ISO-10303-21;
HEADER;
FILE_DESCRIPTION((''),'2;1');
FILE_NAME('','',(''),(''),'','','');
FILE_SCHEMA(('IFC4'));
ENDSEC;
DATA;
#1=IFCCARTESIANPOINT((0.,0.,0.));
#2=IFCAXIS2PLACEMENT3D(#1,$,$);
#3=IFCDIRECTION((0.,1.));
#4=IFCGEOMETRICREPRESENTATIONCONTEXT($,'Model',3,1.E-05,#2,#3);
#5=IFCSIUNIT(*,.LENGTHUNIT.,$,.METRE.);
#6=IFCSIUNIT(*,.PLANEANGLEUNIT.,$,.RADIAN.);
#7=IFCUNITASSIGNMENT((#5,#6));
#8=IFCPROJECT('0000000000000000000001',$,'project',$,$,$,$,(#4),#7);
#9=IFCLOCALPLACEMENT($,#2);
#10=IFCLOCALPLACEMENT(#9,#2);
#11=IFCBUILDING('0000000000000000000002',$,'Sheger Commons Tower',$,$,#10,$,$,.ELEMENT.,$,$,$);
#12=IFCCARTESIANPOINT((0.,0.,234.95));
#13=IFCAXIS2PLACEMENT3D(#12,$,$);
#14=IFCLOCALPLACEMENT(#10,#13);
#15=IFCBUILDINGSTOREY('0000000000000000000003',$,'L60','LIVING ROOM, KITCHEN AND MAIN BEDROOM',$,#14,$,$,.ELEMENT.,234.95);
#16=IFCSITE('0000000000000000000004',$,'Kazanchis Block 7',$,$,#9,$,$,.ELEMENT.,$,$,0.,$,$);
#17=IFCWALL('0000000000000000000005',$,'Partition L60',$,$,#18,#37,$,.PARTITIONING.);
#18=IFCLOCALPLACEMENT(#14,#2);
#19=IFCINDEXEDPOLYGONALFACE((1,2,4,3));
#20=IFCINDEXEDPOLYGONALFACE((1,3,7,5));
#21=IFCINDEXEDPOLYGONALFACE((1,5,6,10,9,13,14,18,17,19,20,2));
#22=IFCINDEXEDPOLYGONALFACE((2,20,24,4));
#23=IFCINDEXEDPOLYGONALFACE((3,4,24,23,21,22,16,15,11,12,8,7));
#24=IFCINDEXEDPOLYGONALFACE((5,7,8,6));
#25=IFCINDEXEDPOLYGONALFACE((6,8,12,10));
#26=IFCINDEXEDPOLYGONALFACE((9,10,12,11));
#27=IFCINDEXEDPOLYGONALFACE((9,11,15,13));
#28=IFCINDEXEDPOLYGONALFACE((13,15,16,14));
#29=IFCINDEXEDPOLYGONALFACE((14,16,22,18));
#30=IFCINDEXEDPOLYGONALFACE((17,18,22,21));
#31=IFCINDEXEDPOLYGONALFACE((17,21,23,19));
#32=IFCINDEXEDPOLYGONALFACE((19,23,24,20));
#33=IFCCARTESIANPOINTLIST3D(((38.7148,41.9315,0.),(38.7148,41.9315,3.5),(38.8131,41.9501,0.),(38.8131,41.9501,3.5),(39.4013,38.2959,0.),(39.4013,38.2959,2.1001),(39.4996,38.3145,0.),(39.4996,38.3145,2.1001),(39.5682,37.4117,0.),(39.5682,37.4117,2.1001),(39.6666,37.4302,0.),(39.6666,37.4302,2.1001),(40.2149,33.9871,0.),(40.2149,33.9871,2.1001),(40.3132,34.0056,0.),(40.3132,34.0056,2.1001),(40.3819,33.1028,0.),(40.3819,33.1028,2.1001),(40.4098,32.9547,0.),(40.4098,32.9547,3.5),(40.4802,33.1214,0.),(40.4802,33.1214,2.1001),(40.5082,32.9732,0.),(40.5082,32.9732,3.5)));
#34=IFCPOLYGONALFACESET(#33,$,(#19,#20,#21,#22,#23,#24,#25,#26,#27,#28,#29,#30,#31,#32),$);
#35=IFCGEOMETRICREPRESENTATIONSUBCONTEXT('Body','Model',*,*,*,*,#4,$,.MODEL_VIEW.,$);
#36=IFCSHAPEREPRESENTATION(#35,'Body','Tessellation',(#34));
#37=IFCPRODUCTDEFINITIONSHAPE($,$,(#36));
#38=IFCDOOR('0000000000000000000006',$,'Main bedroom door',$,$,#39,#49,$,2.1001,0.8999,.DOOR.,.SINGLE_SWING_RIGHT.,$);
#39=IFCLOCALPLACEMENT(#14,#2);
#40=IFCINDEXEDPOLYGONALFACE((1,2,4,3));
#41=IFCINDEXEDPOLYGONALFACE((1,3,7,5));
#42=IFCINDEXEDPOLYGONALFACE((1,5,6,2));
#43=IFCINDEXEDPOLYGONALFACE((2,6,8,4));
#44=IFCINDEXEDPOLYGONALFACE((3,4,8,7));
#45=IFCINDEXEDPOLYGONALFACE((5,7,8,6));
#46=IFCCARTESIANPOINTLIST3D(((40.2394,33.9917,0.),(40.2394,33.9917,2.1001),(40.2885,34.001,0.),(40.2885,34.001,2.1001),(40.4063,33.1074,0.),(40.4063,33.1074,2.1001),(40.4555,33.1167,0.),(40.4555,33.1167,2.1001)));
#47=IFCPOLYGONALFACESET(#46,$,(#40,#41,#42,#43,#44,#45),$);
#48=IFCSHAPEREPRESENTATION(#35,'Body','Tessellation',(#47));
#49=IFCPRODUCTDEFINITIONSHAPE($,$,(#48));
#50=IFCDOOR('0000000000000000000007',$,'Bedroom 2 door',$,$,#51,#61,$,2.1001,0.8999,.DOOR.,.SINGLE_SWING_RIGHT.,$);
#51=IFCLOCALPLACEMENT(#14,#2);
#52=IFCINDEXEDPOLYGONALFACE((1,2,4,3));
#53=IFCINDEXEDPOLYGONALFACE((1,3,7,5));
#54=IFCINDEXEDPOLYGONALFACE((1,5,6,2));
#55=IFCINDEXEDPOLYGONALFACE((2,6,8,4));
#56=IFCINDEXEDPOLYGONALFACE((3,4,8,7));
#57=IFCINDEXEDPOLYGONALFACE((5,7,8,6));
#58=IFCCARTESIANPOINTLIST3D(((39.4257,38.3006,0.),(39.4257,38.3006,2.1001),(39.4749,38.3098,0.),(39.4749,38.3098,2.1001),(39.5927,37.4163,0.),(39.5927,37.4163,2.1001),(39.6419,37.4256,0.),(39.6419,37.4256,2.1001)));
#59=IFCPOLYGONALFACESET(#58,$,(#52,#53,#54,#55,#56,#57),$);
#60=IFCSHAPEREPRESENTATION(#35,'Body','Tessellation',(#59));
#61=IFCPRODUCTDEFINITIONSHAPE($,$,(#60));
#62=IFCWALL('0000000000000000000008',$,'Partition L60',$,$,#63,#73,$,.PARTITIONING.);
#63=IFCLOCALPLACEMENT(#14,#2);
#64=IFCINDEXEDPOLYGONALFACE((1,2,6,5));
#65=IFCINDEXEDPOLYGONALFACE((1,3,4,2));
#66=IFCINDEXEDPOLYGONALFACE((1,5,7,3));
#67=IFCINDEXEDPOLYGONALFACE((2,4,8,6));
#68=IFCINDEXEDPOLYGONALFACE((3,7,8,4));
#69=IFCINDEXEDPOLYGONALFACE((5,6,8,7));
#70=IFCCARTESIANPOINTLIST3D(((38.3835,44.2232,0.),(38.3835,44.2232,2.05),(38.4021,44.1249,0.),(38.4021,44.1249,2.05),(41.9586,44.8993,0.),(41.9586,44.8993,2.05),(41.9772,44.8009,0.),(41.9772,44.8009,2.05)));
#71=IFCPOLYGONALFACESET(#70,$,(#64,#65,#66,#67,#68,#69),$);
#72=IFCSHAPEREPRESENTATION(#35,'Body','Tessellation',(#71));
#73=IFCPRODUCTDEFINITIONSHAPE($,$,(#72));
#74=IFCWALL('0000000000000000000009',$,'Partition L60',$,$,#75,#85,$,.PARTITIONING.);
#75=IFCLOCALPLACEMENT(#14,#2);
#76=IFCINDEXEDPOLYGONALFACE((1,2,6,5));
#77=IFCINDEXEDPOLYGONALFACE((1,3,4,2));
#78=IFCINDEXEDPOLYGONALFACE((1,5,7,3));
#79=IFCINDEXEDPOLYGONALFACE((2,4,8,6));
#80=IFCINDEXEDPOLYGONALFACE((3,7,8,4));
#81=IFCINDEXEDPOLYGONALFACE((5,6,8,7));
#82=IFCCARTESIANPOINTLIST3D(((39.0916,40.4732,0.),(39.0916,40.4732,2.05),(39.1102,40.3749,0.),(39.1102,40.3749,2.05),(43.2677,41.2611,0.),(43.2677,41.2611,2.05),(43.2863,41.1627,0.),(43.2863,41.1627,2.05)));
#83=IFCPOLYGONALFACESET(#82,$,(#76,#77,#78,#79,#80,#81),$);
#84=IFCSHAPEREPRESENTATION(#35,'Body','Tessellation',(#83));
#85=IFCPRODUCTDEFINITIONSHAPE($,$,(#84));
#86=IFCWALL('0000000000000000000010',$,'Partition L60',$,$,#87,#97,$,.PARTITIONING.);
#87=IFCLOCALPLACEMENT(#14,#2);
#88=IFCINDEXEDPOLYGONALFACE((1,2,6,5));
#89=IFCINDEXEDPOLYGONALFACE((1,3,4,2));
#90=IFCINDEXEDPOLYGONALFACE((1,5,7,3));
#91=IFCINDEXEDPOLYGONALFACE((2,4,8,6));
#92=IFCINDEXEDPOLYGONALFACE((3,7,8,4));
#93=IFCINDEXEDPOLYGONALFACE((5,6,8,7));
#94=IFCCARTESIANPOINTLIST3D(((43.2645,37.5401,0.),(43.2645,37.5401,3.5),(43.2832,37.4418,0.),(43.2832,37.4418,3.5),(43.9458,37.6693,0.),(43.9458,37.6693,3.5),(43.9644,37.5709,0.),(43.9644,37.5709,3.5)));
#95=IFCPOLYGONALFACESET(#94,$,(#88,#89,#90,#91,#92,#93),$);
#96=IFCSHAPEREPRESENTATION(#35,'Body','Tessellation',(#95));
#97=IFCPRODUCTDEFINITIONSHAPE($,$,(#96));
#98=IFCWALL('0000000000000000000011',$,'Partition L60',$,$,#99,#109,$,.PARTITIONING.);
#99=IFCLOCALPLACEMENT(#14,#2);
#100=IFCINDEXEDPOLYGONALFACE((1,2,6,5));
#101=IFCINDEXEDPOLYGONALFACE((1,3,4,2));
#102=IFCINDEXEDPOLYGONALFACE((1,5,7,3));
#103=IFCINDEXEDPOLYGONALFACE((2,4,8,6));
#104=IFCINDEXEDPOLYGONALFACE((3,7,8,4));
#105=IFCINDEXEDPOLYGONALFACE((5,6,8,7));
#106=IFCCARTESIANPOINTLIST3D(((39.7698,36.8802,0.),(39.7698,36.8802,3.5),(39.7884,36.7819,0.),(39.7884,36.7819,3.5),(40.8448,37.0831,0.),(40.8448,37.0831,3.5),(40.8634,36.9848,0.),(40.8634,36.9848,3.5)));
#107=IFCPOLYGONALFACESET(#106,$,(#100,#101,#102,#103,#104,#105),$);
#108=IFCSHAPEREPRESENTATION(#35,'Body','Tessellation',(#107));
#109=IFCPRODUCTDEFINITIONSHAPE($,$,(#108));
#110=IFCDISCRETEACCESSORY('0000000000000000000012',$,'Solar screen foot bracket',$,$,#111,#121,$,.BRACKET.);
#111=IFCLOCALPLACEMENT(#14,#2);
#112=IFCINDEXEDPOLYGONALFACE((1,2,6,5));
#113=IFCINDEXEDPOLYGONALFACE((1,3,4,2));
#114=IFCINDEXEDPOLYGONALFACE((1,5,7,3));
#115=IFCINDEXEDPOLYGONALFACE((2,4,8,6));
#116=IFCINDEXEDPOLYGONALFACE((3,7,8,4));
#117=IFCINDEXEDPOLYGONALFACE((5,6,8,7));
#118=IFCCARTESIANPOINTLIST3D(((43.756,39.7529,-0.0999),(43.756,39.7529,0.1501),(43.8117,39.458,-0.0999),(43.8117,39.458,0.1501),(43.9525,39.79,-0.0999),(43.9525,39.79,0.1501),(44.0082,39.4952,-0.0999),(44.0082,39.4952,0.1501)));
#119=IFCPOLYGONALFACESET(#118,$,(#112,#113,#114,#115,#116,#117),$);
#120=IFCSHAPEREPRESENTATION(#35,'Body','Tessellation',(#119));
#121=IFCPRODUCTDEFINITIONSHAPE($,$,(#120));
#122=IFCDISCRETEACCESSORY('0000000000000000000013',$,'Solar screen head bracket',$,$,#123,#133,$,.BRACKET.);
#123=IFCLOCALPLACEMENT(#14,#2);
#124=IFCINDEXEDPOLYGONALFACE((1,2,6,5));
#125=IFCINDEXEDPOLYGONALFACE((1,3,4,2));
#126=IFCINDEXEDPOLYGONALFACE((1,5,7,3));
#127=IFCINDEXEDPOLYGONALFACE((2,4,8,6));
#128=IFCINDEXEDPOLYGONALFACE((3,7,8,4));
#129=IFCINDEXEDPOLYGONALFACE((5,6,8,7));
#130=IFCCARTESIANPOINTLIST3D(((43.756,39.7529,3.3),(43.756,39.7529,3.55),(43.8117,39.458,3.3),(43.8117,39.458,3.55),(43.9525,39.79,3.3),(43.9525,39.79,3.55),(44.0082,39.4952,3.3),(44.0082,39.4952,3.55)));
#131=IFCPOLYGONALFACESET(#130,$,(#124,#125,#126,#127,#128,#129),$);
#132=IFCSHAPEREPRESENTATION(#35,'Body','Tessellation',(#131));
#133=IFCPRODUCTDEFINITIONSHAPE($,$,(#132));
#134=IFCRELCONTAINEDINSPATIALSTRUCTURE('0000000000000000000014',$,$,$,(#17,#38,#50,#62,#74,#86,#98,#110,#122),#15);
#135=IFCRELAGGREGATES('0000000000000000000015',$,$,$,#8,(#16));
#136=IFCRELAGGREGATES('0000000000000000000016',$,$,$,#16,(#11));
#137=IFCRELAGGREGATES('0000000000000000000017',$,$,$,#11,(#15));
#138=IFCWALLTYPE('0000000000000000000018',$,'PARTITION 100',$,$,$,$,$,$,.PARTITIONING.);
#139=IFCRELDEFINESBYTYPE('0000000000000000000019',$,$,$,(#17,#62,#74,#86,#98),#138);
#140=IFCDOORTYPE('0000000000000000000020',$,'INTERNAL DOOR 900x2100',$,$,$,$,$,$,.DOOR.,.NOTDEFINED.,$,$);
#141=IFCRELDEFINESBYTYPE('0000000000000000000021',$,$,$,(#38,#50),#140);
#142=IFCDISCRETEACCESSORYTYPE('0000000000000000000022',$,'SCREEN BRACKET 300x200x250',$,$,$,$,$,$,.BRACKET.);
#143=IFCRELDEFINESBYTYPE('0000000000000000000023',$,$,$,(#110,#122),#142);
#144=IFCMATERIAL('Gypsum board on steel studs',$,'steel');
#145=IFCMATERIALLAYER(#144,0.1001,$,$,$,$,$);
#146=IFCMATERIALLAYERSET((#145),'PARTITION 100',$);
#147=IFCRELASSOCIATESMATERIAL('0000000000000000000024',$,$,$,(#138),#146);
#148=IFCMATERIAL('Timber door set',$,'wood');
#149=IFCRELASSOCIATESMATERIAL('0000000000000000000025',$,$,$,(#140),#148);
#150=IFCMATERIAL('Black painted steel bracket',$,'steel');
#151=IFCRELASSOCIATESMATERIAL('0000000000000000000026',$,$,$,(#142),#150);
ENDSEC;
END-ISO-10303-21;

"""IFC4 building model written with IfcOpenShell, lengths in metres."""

from ifc_helpers import new_model, si_unit, direction, frame, frame_2d, origin, origin_2d, place, context, subcontext, project, spatial, rectangle, extrude, material, layer, layer_set, type_object, element, fill, save


model = new_model("IFC4")

# Units and contexts
model_context = context("Model", 3, precision=1e-05, world=origin(), true_north=direction((0.0, 1.0)))
body_context = subcontext(model_context, "Body", "Model", "MODEL_VIEW")
ifc_project = project(units=[si_unit("LENGTHUNIT", "METRE"), si_unit("PLANEANGLEUNIT", "RADIAN")], contexts=[model_context])

# Site, building, storey
site_placement = place(None, origin())
site = spatial("IfcSite", under=ifc_project, at=site_placement, Name="Kazanchis Block 7", CompositionType="ELEMENT", RefElevation=0.0)
building_placement = place(site_placement, origin())
building = spatial("IfcBuilding", under=site, at=building_placement, Name="Sheger Commons Tower", CompositionType="ELEMENT")
storey_placement = place(building_placement, frame((0.0, 0.0, 234.95)))
storey = spatial("IfcBuildingStorey", under=building, at=storey_placement, Name="L60", Description="LIVING ROOM, KITCHEN AND MAIN BEDROOM", CompositionType="ELEMENT", Elevation=234.95)

# Shared definitions
ifc_material_1 = material(Name="Gypsum board on steel studs", Category="steel")
ifc_layer_1 = layer(ifc_material_1, 0.1001)
ifc_layer_set_1 = layer_set([ifc_layer_1], Name="PARTITION 100")
wall_type_1 = type_object("IfcWallType", Name="PARTITION 100", PredefinedType="PARTITIONING", material=ifc_layer_set_1)

# Wall, openings, doors
wall_1_placement = place(storey_placement, frame((38.7639, 41.9409, 0.0), z_axis=(0.0, 0.0, 1.0), x_axis=(0.185549, -0.982635, 0.0)))
wall_1 = element("IfcWall", 1, at=wall_1_placement, inside=storey, type_object=wall_type_1, Name="Partition L60", PredefinedType="PARTITIONING", context=body_context, shape_type="SweptSolid", body=[
    extrude(rectangle(XDim=9.1355, YDim=0.1001, at=frame_2d((4.5679, 0.0))), origin(), (0.0, 0.0, 1.0), 3.5),
])
opening_1_placement = place(wall_1_placement, frame((8.085, 0.0, 0.0)))
opening_1 = element("IfcOpeningElement", 2, at=opening_1_placement, cuts=wall_1, PredefinedType="OPENING", context=body_context, shape_type="SweptSolid", body=[
    extrude(rectangle(XDim=0.8999, YDim=2.1001, at=frame_2d((0.45, 1.05))), frame((0.0, 0.0601, 0.0), z_axis=(0.0, -1.0, 0.0), x_axis=(1.0, 0.0, 0.0)), (0.0, 0.0, 1.0), 0.1201),
])
opening_2_placement = place(wall_1_placement, frame((3.7, 0.0, 0.0)))
opening_2 = element("IfcOpeningElement", 3, at=opening_2_placement, cuts=wall_1, PredefinedType="OPENING", context=body_context, shape_type="SweptSolid", body=[
    extrude(rectangle(XDim=0.8999, YDim=2.1001, at=frame_2d((0.45, 1.05))), frame((0.0, 0.0601, 0.0), z_axis=(0.0, -1.0, 0.0), x_axis=(1.0, 0.0, 0.0)), (0.0, 0.0, 1.0), 0.1201),
])
ifc_material_2 = material(Name="Timber door set", Category="wood")
door_type = type_object("IfcDoorType", Name="INTERNAL DOOR 900x2100", OperationType="NOTDEFINED", PredefinedType="DOOR", material=ifc_material_2)
door_1_placement = place(opening_1_placement, origin())
door_1 = element("IfcDoor", 4, at=door_1_placement, inside=storey, type_object=door_type, Name="Main bedroom door", OperationType="SINGLE_SWING_RIGHT", OverallHeight=2.1001, OverallWidth=0.8999, PredefinedType="DOOR", context=body_context, shape_type="SweptSolid", body=[
    extrude(rectangle(XDim=0.8999, YDim=2.1001, at=frame_2d((0.45, 1.05))), frame((0.0, 0.0249, 0.0), z_axis=(0.0, -1.0, 0.0), x_axis=(1.0, 0.0, 0.0)), (0.0, 0.0, 1.0), 0.05),
])
fill(opening_1, door_1)
door_2_placement = place(opening_2_placement, origin())
door_2 = element("IfcDoor", 5, at=door_2_placement, inside=storey, type_object=door_type, Name="Bedroom 2 door", OperationType="SINGLE_SWING_RIGHT", OverallHeight=2.1001, OverallWidth=0.8999, PredefinedType="DOOR", context=body_context, shape_type="SweptSolid", body=[
    extrude(rectangle(XDim=0.8999, YDim=2.1001, at=frame_2d((0.45, 1.05))), frame((0.0, 0.0249, 0.0), z_axis=(0.0, -1.0, 0.0), x_axis=(1.0, 0.0, 0.0)), (0.0, 0.0, 1.0), 0.05),
])
fill(opening_2, door_2)

# Walls
wall_2_placement = place(storey_placement, frame((41.968, 44.8501, 0.0), z_axis=(0.0, 0.0, 1.0), x_axis=(-0.982586, -0.185808, 0.0)))
element("IfcWall", 6, at=wall_2_placement, inside=storey, type_object=wall_type_1, Name="Partition L60", PredefinedType="PARTITIONING", context=body_context, shape_type="SweptSolid", body=[
    extrude(rectangle(XDim=3.6384, YDim=0.1001, at=frame_2d((1.8193, 0.0))), origin(), (0.0, 0.0, 1.0), 2.05),
])
wall_3_placement = place(storey_placement, frame((43.2771, 41.2119, 0.0), z_axis=(0.0, 0.0, 1.0), x_axis=(-0.982665, -0.185388, 0.0)))
element("IfcWall", 7, at=wall_3_placement, inside=storey, type_object=wall_type_1, Name="Partition L60", PredefinedType="PARTITIONING", context=body_context, shape_type="SweptSolid", body=[
    extrude(rectangle(XDim=4.2498, YDim=0.1001, at=frame_2d((2.125, 0.0))), origin(), (0.0, 0.0, 1.0), 2.05),
])
wall_4_placement = place(storey_placement, frame((43.9551, 37.6201, 0.0), z_axis=(0.0, 0.0, 1.0), x_axis=(-0.982495, -0.186287, 0.0)))
element("IfcWall", 8, at=wall_4_placement, inside=storey, type_object=wall_type_1, Name="Partition L60", PredefinedType="PARTITIONING", context=body_context, shape_type="SweptSolid", body=[
    extrude(rectangle(XDim=0.6934, YDim=0.1001, at=frame_2d((0.3467, 0.0))), origin(), (0.0, 0.0, 1.0), 3.5),
])
wall_5_placement = place(storey_placement, frame((40.854, 37.0339, 0.0), z_axis=(0.0, 0.0, 1.0), x_axis=(-0.982652, -0.185461, 0.0)))
element("IfcWall", 9, at=wall_5_placement, inside=storey, type_object=wall_type_1, Name="Partition L60", PredefinedType="PARTITIONING", context=body_context, shape_type="SweptSolid", body=[
    extrude(rectangle(XDim=1.094, YDim=0.1001, at=frame_2d((0.5469, 0.0))), origin(), (0.0, 0.0, 1.0), 3.5),
])

# Discrete accessories
ifc_material_3 = material(Name="Black painted steel bracket", Category="steel")
discrete_accessory_type = type_object("IfcDiscreteAccessoryType", Name="SCREEN BRACKET 300x200x250", PredefinedType="BRACKET", material=ifc_material_3)
for number, where, z_axis, x_axis, name in (
    (10, (43.8821, 39.624, -0.0999), (0.0, 0.0, 1.0), (-0.185615, 0.982623, 0.0), "Solar screen foot bracket"),
    (11, (43.8821, 39.624, 3.3), (0.0, 0.0, 1.0), (-0.185615, 0.982623, 0.0), "Solar screen head bracket"),
):
    element("IfcDiscreteAccessory", number, at=place(storey_placement, frame(where, z_axis=z_axis, x_axis=x_axis)), inside=storey, type_object=discrete_accessory_type, Name=name, PredefinedType="BRACKET", context=body_context, shape_type="SweptSolid", body=[
        extrude(rectangle(XDim=0.3, YDim=0.2, at=origin_2d()), origin(), (0.0, 0.0, 1.0), 0.25),
    ])

save(model, "model.ifc")
